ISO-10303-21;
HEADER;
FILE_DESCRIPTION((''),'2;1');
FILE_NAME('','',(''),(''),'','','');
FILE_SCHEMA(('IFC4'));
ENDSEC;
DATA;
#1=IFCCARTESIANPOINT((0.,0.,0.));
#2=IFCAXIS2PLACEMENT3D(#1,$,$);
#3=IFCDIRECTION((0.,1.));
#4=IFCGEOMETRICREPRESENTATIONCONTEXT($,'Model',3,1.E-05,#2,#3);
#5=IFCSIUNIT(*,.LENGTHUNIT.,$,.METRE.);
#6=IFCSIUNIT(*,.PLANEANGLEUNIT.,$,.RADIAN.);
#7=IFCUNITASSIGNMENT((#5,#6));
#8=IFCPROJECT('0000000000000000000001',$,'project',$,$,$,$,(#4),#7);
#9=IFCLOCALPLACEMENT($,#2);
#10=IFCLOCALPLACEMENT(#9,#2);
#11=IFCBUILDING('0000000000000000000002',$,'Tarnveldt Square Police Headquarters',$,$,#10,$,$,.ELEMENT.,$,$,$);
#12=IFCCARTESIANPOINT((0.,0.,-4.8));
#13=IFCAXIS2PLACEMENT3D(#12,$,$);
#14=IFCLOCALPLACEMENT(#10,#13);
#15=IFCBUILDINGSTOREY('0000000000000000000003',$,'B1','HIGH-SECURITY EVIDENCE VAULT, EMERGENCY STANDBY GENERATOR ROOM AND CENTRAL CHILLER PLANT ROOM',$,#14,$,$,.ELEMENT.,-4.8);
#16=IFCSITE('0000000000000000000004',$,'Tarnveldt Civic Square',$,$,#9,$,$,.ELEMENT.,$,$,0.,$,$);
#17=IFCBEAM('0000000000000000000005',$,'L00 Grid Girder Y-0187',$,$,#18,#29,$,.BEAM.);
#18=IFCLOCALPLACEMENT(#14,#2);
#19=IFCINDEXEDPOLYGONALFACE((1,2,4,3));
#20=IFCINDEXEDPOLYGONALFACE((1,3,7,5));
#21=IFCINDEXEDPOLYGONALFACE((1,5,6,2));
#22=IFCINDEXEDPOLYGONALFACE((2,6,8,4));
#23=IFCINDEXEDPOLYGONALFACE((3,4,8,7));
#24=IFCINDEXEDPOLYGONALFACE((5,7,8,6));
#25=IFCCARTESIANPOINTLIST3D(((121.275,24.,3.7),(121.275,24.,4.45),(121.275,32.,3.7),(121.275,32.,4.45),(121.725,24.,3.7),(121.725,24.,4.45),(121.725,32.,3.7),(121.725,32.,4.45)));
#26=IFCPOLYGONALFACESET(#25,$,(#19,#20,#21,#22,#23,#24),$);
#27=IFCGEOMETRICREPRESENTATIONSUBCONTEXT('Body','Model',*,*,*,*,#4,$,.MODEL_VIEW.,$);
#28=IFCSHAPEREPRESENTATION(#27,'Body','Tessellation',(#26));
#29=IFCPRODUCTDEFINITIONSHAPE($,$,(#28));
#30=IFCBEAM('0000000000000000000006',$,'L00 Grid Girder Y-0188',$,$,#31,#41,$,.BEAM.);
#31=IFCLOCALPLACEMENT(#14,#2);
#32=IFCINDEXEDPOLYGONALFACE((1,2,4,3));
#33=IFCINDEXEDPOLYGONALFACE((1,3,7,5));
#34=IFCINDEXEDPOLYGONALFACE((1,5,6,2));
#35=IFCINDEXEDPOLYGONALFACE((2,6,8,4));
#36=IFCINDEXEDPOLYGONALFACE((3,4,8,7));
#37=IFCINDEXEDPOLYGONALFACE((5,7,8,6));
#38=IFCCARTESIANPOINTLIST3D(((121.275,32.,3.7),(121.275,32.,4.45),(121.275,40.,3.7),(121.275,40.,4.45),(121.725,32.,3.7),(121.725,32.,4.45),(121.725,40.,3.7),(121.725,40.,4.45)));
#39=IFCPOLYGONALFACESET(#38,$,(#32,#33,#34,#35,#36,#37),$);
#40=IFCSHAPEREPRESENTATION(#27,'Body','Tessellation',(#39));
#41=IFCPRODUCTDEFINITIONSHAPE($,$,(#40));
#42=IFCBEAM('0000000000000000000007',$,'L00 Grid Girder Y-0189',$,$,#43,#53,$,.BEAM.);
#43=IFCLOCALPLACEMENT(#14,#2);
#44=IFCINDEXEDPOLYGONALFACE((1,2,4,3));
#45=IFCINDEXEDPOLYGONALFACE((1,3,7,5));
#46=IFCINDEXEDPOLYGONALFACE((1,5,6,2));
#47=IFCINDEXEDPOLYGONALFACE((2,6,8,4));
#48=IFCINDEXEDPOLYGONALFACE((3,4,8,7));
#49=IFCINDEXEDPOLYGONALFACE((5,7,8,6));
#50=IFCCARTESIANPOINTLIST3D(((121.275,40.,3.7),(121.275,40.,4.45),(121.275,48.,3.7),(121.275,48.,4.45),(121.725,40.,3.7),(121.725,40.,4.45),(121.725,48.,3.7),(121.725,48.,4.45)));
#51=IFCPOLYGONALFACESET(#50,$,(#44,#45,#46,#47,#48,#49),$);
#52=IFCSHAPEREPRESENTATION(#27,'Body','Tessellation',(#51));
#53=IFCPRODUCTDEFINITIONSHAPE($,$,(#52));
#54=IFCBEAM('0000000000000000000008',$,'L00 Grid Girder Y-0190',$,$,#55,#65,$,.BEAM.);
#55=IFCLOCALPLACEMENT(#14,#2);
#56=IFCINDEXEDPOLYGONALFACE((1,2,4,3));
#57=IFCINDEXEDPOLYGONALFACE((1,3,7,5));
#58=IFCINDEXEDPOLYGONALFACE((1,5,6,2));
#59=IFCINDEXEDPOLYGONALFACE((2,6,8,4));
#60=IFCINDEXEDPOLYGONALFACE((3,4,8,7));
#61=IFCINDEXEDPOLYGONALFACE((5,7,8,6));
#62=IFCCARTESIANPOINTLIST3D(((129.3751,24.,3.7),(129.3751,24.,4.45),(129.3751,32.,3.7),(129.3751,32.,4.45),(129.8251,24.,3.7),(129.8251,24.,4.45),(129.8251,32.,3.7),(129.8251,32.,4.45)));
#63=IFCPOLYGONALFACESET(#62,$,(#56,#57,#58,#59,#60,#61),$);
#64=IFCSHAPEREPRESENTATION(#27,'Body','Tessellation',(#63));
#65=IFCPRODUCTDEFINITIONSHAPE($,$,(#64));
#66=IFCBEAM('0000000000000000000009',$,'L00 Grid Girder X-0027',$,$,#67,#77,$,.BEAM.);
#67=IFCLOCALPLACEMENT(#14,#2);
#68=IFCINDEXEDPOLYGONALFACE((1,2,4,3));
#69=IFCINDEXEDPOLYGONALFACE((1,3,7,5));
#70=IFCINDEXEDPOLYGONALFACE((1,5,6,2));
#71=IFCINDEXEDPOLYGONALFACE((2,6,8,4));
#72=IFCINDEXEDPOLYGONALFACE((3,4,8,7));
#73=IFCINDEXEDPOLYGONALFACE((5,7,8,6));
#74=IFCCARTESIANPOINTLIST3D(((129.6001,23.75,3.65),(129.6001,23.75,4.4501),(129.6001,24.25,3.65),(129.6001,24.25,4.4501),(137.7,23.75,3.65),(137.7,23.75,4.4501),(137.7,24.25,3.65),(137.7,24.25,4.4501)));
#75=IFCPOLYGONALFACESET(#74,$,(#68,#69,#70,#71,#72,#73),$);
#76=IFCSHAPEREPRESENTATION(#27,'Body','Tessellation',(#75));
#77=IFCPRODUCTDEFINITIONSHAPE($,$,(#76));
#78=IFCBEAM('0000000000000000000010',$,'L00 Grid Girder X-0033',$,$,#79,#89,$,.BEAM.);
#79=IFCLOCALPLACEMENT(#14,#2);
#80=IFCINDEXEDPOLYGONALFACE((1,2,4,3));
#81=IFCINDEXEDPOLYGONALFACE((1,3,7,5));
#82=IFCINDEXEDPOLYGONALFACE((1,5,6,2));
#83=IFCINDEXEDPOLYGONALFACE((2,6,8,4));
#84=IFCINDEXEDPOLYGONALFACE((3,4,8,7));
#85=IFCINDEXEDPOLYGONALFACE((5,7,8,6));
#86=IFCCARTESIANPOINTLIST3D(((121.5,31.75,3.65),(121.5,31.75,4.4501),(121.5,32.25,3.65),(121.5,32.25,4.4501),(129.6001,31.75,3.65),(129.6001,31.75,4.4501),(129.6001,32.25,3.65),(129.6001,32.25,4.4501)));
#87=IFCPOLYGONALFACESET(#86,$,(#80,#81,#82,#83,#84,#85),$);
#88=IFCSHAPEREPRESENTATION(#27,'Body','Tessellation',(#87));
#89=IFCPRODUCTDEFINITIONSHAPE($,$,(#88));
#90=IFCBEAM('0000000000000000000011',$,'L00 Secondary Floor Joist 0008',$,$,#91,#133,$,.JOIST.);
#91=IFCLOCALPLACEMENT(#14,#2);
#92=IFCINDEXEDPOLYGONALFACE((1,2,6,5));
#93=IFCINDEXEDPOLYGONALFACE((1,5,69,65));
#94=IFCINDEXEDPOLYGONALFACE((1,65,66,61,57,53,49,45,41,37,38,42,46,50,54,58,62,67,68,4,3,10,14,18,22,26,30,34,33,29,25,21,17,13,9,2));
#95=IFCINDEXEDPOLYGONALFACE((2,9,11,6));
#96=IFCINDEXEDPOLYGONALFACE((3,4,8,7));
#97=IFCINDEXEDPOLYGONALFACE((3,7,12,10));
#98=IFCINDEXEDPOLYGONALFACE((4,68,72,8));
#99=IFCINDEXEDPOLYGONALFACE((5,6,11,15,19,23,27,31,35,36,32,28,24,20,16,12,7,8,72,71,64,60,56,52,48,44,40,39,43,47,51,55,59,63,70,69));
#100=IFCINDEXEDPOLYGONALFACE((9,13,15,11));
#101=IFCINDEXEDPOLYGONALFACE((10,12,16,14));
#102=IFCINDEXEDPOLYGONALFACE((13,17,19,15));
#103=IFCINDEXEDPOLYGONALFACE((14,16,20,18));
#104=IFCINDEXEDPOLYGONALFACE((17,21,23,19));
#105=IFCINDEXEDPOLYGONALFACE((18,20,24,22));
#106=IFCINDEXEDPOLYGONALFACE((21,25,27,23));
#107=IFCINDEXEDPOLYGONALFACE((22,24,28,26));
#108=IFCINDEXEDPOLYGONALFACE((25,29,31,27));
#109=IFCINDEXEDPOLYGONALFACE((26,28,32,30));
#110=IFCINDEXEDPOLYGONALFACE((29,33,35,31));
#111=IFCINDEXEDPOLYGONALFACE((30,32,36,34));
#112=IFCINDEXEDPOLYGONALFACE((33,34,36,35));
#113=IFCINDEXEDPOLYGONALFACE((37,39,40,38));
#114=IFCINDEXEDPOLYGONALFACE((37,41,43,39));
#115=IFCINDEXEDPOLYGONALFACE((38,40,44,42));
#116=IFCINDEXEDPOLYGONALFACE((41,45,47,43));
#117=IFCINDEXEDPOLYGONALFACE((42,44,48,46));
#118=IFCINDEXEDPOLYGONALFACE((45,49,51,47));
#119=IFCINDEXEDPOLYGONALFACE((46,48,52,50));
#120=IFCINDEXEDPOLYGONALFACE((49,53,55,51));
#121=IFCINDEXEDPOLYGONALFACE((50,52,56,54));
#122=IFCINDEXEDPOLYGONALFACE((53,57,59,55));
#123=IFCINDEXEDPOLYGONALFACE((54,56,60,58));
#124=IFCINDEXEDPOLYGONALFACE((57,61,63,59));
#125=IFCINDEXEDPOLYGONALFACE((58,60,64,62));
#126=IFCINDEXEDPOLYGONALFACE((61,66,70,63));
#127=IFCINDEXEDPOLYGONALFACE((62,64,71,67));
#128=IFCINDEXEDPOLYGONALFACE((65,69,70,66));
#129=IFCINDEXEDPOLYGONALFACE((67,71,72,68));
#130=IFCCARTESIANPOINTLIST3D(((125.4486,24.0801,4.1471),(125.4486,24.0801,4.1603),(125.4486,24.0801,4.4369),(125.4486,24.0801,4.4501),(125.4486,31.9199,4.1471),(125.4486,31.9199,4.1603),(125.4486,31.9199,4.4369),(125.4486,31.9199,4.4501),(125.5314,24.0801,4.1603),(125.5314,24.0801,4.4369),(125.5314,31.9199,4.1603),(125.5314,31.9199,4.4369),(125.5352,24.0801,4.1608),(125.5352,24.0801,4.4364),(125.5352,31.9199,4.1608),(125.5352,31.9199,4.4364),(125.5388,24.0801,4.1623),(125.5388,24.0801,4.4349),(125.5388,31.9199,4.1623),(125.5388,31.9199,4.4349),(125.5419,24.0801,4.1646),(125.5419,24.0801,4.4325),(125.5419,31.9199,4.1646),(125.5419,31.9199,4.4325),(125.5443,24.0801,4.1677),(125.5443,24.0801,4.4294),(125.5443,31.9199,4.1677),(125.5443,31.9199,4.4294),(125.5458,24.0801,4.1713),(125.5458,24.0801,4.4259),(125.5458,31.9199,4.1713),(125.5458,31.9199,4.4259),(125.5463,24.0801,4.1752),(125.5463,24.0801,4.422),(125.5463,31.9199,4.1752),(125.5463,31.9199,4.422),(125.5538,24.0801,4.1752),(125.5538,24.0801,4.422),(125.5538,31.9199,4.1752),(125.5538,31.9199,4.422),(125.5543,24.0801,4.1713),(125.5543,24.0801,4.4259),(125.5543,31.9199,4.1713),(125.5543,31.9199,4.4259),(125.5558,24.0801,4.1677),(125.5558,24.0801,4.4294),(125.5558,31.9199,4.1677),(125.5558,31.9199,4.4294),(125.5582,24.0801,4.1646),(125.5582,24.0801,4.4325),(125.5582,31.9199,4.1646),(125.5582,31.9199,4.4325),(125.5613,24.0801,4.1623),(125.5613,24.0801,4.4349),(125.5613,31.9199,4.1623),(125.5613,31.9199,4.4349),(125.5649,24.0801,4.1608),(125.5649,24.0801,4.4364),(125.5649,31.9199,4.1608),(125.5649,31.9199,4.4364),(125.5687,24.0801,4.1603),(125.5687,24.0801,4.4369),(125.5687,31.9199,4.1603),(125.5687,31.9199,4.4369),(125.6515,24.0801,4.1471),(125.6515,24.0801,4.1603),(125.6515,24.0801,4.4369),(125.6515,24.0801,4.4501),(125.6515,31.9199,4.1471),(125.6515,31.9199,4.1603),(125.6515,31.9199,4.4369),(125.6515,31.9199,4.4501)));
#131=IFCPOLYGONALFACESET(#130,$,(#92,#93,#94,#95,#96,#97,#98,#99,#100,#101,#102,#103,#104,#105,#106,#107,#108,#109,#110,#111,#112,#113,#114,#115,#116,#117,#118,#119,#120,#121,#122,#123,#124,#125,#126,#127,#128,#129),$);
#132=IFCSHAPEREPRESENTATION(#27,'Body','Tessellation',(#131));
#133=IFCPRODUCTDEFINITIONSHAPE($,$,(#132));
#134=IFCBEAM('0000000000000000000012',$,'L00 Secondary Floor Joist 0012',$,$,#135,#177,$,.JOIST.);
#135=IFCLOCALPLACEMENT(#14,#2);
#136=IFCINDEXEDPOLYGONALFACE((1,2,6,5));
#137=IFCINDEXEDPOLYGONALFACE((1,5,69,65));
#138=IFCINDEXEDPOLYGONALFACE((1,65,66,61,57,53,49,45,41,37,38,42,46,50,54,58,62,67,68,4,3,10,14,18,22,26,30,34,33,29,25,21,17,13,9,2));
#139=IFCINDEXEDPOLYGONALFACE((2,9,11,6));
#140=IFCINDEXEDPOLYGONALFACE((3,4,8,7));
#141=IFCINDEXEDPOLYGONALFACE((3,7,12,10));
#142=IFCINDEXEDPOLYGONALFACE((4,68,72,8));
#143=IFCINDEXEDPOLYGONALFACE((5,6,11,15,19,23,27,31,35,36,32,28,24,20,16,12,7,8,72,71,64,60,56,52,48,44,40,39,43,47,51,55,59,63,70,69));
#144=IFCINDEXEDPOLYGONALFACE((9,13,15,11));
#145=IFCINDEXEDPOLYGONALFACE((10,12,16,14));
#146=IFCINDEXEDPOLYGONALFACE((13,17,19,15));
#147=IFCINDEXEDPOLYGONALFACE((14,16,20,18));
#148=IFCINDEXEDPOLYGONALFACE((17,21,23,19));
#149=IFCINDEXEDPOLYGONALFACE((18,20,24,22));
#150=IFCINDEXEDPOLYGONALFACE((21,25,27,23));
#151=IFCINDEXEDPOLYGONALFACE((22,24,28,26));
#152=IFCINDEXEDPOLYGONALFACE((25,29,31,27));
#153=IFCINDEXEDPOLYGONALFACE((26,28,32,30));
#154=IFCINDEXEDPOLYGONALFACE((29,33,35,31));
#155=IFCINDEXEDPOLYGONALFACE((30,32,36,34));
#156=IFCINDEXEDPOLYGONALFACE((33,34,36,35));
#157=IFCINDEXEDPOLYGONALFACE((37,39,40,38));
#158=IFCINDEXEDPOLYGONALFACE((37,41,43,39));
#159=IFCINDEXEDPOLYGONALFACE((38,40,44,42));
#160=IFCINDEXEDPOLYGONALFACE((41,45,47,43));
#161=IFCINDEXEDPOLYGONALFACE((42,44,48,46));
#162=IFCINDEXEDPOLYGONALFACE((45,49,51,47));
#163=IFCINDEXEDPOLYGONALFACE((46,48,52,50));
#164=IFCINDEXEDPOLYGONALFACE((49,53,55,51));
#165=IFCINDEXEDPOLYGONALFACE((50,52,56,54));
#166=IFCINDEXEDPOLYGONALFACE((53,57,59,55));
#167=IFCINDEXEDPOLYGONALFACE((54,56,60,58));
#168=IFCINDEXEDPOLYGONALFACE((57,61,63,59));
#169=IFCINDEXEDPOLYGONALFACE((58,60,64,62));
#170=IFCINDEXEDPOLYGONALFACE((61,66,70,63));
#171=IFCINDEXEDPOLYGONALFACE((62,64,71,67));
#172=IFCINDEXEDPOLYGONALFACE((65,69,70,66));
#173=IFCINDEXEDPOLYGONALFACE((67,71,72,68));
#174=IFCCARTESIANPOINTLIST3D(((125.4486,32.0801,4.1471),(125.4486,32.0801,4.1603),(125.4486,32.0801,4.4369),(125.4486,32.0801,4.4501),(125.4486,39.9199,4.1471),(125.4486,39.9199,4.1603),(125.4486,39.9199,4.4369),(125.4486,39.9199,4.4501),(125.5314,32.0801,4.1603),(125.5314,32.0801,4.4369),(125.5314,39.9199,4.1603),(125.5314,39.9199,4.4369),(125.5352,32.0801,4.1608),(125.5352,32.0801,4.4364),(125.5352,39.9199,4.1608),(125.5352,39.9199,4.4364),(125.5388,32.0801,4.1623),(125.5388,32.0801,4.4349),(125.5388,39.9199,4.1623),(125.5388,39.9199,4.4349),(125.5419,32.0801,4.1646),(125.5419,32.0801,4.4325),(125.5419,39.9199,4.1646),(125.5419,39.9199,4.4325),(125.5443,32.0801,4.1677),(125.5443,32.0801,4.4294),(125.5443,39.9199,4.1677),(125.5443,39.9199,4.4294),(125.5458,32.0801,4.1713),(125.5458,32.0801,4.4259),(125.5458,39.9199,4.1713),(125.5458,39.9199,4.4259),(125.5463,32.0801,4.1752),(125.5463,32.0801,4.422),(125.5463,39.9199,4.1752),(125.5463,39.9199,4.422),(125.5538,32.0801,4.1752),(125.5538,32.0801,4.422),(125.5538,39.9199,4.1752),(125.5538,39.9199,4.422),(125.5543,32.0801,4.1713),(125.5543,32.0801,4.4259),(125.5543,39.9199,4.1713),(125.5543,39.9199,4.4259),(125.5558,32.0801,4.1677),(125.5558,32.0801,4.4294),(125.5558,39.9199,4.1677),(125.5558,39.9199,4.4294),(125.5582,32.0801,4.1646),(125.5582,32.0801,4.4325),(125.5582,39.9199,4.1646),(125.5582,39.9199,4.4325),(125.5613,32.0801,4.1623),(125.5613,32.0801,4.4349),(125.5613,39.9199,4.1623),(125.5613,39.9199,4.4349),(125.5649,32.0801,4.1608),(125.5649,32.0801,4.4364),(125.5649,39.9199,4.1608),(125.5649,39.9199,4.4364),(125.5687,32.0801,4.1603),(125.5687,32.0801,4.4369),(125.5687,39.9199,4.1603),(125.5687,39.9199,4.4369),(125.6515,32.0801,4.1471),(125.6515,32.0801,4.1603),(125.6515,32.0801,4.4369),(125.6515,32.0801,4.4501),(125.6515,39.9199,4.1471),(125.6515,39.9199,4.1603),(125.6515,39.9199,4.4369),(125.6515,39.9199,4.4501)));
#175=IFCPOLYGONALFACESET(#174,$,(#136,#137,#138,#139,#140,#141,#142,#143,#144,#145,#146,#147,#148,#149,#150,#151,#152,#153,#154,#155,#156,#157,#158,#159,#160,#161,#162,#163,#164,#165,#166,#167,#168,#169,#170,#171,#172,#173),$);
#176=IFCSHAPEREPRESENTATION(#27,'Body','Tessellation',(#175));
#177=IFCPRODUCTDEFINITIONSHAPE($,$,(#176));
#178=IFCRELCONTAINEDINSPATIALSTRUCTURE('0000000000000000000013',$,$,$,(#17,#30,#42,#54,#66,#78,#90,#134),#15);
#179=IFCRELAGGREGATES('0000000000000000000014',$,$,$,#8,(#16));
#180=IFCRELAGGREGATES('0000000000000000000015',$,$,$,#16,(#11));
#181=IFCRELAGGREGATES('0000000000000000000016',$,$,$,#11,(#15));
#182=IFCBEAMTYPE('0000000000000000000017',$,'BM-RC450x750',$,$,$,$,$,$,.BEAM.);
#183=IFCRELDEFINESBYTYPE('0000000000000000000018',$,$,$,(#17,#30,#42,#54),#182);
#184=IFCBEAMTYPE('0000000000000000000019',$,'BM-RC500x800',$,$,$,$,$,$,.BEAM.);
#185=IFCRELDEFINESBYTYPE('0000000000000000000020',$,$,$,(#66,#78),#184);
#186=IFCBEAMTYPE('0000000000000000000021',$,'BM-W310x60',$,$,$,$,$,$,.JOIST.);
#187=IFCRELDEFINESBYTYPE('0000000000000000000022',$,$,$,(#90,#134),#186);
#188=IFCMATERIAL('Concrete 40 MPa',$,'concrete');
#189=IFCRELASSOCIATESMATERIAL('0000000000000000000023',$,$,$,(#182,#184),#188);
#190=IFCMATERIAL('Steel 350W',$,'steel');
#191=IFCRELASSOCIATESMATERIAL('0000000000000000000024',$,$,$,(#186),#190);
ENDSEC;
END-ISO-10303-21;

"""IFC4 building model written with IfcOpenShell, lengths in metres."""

from ifc_helpers import new_model, si_unit, direction, frame, origin, origin_2d, place, context, subcontext, project, spatial, rectangle, i_section, extrude, material, material_profile, profile_set, type_object, element, save


model = new_model("IFC4")

# Units and contexts
model_context = context("Model", 3, precision=1e-05, world=origin(), true_north=direction((0.0, 1.0)))
body_context = subcontext(model_context, "Body", "Model", "MODEL_VIEW")
ifc_project = project(units=[si_unit("LENGTHUNIT", "METRE"), si_unit("PLANEANGLEUNIT", "RADIAN")], contexts=[model_context])

# Site, building, storey
site_placement = place(None, origin())
site = spatial("IfcSite", under=ifc_project, at=site_placement, Name="Tarnveldt Civic Square", CompositionType="ELEMENT", RefElevation=0.0)
building_placement = place(site_placement, origin())
building = spatial("IfcBuilding", under=site, at=building_placement, Name="Tarnveldt Square Police Headquarters", CompositionType="ELEMENT")
storey_placement = place(building_placement, frame((0.0, 0.0, -4.8)))
storey = spatial("IfcBuildingStorey", under=building, at=storey_placement, Name="B1", Description="HIGH-SECURITY EVIDENCE VAULT, EMERGENCY STANDBY GENERATOR ROOM AND CENTRAL CHILLER PLANT ROOM", CompositionType="ELEMENT", Elevation=-4.8)

# Shared definitions
ifc_material_1 = material(Name="Concrete 40 MPa", Category="concrete")

# Beams
ifc_material_profile_1 = material_profile(ifc_material_1, rectangle(XDim=0.45, YDim=0.75, at=origin_2d()), Name="RC-B450x750")
ifc_profile_set_1 = profile_set([ifc_material_profile_1], Name="Concrete 40 MPa")
beam_type_1 = type_object("IfcBeamType", Name="BM-RC450x750", PredefinedType="BEAM", material=ifc_profile_set_1)
for number, where, z_axis, x_axis, name in (
    (1, (121.5, 24.0, 4.075), (0.0, 1.0, 0.0), (-1.0, 0.0, 0.0), "L00 Grid Girder Y-0187"),
    (2, (121.5, 32.0, 4.075), (0.0, 1.0, 0.0), (-1.0, 0.0, 0.0), "L00 Grid Girder Y-0188"),
    (3, (121.5, 40.0, 4.075), (0.0, 1.0, 0.0), (-1.0, 0.0, 0.0), "L00 Grid Girder Y-0189"),
    (4, (129.6001, 24.0, 4.075), (0.0, 1.0, 0.0), (-1.0, 0.0, 0.0), "L00 Grid Girder Y-0190"),
):
    element("IfcBeam", number, at=place(storey_placement, frame(where, z_axis=z_axis, x_axis=x_axis)), inside=storey, type_object=beam_type_1, Name=name, PredefinedType="BEAM", context=body_context, shape_type="SweptSolid", body=[
        extrude(rectangle(XDim=0.45, YDim=0.75, at=origin_2d()), origin(), (0.0, 0.0, 1.0), 8.0),
    ])
ifc_material_profile_2 = material_profile(ifc_material_1, rectangle(XDim=0.5, YDim=0.8, at=origin_2d()), Name="RC-B500x800")
ifc_profile_set_2 = profile_set([ifc_material_profile_2], Name="Concrete 40 MPa")
beam_type_2 = type_object("IfcBeamType", Name="BM-RC500x800", PredefinedType="BEAM", material=ifc_profile_set_2)
beam_1_placement = place(storey_placement, frame((129.6001, 24.0, 4.05), z_axis=(1.0, 0.0, 0.0), x_axis=(0.0, 1.0, 0.0)))
element("IfcBeam", 5, at=beam_1_placement, inside=storey, type_object=beam_type_2, Name="L00 Grid Girder X-0027", PredefinedType="BEAM", context=body_context, shape_type="SweptSolid", body=[
    extrude(rectangle(XDim=0.5, YDim=0.8, at=origin_2d()), origin(), (0.0, 0.0, 1.0), 8.0999),
])
beam_2_placement = place(storey_placement, frame((121.5, 32.0, 4.05), z_axis=(1.0, 0.0, 0.0), x_axis=(0.0, 1.0, 0.0)))
element("IfcBeam", 6, at=beam_2_placement, inside=storey, type_object=beam_type_2, Name="L00 Grid Girder X-0033", PredefinedType="BEAM", context=body_context, shape_type="SweptSolid", body=[
    extrude(rectangle(XDim=0.5, YDim=0.8, at=origin_2d()), origin(), (0.0, 0.0, 1.0), 8.1001),
])
ifc_material_2 = material(Name="Steel 350W", Category="steel")
ifc_material_profile_3 = material_profile(ifc_material_2, i_section(OverallWidth=0.2029, OverallDepth=0.303, WebThickness=0.0076, FlangeThickness=0.0132, FilletRadius=0.0149, at=origin_2d()), Name="W310x60")
ifc_profile_set_3 = profile_set([ifc_material_profile_3], Name="Steel 350W")
beam_type_3 = type_object("IfcBeamType", Name="BM-W310x60", PredefinedType="JOIST", material=ifc_profile_set_3)
for number, where, z_axis, x_axis, name in (
    (7, (125.55, 24.0801, 4.2986), (0.0, 1.0, 0.0), (-1.0, 0.0, 0.0), "L00 Secondary Floor Joist 0008"),
    (8, (125.55, 32.0801, 4.2986), (0.0, 1.0, 0.0), (-1.0, 0.0, 0.0), "L00 Secondary Floor Joist 0012"),
):
    element("IfcBeam", number, at=place(storey_placement, frame(where, z_axis=z_axis, x_axis=x_axis)), inside=storey, type_object=beam_type_3, Name=name, PredefinedType="JOIST", context=body_context, shape_type="SweptSolid", body=[
        extrude(i_section(OverallWidth=0.2029, OverallDepth=0.303, WebThickness=0.0076, FlangeThickness=0.0132, FilletRadius=0.0149, at=origin_2d()), origin(), (0.0, 0.0, 1.0), 7.8398),
    ])

save(model, "model.ifc")
